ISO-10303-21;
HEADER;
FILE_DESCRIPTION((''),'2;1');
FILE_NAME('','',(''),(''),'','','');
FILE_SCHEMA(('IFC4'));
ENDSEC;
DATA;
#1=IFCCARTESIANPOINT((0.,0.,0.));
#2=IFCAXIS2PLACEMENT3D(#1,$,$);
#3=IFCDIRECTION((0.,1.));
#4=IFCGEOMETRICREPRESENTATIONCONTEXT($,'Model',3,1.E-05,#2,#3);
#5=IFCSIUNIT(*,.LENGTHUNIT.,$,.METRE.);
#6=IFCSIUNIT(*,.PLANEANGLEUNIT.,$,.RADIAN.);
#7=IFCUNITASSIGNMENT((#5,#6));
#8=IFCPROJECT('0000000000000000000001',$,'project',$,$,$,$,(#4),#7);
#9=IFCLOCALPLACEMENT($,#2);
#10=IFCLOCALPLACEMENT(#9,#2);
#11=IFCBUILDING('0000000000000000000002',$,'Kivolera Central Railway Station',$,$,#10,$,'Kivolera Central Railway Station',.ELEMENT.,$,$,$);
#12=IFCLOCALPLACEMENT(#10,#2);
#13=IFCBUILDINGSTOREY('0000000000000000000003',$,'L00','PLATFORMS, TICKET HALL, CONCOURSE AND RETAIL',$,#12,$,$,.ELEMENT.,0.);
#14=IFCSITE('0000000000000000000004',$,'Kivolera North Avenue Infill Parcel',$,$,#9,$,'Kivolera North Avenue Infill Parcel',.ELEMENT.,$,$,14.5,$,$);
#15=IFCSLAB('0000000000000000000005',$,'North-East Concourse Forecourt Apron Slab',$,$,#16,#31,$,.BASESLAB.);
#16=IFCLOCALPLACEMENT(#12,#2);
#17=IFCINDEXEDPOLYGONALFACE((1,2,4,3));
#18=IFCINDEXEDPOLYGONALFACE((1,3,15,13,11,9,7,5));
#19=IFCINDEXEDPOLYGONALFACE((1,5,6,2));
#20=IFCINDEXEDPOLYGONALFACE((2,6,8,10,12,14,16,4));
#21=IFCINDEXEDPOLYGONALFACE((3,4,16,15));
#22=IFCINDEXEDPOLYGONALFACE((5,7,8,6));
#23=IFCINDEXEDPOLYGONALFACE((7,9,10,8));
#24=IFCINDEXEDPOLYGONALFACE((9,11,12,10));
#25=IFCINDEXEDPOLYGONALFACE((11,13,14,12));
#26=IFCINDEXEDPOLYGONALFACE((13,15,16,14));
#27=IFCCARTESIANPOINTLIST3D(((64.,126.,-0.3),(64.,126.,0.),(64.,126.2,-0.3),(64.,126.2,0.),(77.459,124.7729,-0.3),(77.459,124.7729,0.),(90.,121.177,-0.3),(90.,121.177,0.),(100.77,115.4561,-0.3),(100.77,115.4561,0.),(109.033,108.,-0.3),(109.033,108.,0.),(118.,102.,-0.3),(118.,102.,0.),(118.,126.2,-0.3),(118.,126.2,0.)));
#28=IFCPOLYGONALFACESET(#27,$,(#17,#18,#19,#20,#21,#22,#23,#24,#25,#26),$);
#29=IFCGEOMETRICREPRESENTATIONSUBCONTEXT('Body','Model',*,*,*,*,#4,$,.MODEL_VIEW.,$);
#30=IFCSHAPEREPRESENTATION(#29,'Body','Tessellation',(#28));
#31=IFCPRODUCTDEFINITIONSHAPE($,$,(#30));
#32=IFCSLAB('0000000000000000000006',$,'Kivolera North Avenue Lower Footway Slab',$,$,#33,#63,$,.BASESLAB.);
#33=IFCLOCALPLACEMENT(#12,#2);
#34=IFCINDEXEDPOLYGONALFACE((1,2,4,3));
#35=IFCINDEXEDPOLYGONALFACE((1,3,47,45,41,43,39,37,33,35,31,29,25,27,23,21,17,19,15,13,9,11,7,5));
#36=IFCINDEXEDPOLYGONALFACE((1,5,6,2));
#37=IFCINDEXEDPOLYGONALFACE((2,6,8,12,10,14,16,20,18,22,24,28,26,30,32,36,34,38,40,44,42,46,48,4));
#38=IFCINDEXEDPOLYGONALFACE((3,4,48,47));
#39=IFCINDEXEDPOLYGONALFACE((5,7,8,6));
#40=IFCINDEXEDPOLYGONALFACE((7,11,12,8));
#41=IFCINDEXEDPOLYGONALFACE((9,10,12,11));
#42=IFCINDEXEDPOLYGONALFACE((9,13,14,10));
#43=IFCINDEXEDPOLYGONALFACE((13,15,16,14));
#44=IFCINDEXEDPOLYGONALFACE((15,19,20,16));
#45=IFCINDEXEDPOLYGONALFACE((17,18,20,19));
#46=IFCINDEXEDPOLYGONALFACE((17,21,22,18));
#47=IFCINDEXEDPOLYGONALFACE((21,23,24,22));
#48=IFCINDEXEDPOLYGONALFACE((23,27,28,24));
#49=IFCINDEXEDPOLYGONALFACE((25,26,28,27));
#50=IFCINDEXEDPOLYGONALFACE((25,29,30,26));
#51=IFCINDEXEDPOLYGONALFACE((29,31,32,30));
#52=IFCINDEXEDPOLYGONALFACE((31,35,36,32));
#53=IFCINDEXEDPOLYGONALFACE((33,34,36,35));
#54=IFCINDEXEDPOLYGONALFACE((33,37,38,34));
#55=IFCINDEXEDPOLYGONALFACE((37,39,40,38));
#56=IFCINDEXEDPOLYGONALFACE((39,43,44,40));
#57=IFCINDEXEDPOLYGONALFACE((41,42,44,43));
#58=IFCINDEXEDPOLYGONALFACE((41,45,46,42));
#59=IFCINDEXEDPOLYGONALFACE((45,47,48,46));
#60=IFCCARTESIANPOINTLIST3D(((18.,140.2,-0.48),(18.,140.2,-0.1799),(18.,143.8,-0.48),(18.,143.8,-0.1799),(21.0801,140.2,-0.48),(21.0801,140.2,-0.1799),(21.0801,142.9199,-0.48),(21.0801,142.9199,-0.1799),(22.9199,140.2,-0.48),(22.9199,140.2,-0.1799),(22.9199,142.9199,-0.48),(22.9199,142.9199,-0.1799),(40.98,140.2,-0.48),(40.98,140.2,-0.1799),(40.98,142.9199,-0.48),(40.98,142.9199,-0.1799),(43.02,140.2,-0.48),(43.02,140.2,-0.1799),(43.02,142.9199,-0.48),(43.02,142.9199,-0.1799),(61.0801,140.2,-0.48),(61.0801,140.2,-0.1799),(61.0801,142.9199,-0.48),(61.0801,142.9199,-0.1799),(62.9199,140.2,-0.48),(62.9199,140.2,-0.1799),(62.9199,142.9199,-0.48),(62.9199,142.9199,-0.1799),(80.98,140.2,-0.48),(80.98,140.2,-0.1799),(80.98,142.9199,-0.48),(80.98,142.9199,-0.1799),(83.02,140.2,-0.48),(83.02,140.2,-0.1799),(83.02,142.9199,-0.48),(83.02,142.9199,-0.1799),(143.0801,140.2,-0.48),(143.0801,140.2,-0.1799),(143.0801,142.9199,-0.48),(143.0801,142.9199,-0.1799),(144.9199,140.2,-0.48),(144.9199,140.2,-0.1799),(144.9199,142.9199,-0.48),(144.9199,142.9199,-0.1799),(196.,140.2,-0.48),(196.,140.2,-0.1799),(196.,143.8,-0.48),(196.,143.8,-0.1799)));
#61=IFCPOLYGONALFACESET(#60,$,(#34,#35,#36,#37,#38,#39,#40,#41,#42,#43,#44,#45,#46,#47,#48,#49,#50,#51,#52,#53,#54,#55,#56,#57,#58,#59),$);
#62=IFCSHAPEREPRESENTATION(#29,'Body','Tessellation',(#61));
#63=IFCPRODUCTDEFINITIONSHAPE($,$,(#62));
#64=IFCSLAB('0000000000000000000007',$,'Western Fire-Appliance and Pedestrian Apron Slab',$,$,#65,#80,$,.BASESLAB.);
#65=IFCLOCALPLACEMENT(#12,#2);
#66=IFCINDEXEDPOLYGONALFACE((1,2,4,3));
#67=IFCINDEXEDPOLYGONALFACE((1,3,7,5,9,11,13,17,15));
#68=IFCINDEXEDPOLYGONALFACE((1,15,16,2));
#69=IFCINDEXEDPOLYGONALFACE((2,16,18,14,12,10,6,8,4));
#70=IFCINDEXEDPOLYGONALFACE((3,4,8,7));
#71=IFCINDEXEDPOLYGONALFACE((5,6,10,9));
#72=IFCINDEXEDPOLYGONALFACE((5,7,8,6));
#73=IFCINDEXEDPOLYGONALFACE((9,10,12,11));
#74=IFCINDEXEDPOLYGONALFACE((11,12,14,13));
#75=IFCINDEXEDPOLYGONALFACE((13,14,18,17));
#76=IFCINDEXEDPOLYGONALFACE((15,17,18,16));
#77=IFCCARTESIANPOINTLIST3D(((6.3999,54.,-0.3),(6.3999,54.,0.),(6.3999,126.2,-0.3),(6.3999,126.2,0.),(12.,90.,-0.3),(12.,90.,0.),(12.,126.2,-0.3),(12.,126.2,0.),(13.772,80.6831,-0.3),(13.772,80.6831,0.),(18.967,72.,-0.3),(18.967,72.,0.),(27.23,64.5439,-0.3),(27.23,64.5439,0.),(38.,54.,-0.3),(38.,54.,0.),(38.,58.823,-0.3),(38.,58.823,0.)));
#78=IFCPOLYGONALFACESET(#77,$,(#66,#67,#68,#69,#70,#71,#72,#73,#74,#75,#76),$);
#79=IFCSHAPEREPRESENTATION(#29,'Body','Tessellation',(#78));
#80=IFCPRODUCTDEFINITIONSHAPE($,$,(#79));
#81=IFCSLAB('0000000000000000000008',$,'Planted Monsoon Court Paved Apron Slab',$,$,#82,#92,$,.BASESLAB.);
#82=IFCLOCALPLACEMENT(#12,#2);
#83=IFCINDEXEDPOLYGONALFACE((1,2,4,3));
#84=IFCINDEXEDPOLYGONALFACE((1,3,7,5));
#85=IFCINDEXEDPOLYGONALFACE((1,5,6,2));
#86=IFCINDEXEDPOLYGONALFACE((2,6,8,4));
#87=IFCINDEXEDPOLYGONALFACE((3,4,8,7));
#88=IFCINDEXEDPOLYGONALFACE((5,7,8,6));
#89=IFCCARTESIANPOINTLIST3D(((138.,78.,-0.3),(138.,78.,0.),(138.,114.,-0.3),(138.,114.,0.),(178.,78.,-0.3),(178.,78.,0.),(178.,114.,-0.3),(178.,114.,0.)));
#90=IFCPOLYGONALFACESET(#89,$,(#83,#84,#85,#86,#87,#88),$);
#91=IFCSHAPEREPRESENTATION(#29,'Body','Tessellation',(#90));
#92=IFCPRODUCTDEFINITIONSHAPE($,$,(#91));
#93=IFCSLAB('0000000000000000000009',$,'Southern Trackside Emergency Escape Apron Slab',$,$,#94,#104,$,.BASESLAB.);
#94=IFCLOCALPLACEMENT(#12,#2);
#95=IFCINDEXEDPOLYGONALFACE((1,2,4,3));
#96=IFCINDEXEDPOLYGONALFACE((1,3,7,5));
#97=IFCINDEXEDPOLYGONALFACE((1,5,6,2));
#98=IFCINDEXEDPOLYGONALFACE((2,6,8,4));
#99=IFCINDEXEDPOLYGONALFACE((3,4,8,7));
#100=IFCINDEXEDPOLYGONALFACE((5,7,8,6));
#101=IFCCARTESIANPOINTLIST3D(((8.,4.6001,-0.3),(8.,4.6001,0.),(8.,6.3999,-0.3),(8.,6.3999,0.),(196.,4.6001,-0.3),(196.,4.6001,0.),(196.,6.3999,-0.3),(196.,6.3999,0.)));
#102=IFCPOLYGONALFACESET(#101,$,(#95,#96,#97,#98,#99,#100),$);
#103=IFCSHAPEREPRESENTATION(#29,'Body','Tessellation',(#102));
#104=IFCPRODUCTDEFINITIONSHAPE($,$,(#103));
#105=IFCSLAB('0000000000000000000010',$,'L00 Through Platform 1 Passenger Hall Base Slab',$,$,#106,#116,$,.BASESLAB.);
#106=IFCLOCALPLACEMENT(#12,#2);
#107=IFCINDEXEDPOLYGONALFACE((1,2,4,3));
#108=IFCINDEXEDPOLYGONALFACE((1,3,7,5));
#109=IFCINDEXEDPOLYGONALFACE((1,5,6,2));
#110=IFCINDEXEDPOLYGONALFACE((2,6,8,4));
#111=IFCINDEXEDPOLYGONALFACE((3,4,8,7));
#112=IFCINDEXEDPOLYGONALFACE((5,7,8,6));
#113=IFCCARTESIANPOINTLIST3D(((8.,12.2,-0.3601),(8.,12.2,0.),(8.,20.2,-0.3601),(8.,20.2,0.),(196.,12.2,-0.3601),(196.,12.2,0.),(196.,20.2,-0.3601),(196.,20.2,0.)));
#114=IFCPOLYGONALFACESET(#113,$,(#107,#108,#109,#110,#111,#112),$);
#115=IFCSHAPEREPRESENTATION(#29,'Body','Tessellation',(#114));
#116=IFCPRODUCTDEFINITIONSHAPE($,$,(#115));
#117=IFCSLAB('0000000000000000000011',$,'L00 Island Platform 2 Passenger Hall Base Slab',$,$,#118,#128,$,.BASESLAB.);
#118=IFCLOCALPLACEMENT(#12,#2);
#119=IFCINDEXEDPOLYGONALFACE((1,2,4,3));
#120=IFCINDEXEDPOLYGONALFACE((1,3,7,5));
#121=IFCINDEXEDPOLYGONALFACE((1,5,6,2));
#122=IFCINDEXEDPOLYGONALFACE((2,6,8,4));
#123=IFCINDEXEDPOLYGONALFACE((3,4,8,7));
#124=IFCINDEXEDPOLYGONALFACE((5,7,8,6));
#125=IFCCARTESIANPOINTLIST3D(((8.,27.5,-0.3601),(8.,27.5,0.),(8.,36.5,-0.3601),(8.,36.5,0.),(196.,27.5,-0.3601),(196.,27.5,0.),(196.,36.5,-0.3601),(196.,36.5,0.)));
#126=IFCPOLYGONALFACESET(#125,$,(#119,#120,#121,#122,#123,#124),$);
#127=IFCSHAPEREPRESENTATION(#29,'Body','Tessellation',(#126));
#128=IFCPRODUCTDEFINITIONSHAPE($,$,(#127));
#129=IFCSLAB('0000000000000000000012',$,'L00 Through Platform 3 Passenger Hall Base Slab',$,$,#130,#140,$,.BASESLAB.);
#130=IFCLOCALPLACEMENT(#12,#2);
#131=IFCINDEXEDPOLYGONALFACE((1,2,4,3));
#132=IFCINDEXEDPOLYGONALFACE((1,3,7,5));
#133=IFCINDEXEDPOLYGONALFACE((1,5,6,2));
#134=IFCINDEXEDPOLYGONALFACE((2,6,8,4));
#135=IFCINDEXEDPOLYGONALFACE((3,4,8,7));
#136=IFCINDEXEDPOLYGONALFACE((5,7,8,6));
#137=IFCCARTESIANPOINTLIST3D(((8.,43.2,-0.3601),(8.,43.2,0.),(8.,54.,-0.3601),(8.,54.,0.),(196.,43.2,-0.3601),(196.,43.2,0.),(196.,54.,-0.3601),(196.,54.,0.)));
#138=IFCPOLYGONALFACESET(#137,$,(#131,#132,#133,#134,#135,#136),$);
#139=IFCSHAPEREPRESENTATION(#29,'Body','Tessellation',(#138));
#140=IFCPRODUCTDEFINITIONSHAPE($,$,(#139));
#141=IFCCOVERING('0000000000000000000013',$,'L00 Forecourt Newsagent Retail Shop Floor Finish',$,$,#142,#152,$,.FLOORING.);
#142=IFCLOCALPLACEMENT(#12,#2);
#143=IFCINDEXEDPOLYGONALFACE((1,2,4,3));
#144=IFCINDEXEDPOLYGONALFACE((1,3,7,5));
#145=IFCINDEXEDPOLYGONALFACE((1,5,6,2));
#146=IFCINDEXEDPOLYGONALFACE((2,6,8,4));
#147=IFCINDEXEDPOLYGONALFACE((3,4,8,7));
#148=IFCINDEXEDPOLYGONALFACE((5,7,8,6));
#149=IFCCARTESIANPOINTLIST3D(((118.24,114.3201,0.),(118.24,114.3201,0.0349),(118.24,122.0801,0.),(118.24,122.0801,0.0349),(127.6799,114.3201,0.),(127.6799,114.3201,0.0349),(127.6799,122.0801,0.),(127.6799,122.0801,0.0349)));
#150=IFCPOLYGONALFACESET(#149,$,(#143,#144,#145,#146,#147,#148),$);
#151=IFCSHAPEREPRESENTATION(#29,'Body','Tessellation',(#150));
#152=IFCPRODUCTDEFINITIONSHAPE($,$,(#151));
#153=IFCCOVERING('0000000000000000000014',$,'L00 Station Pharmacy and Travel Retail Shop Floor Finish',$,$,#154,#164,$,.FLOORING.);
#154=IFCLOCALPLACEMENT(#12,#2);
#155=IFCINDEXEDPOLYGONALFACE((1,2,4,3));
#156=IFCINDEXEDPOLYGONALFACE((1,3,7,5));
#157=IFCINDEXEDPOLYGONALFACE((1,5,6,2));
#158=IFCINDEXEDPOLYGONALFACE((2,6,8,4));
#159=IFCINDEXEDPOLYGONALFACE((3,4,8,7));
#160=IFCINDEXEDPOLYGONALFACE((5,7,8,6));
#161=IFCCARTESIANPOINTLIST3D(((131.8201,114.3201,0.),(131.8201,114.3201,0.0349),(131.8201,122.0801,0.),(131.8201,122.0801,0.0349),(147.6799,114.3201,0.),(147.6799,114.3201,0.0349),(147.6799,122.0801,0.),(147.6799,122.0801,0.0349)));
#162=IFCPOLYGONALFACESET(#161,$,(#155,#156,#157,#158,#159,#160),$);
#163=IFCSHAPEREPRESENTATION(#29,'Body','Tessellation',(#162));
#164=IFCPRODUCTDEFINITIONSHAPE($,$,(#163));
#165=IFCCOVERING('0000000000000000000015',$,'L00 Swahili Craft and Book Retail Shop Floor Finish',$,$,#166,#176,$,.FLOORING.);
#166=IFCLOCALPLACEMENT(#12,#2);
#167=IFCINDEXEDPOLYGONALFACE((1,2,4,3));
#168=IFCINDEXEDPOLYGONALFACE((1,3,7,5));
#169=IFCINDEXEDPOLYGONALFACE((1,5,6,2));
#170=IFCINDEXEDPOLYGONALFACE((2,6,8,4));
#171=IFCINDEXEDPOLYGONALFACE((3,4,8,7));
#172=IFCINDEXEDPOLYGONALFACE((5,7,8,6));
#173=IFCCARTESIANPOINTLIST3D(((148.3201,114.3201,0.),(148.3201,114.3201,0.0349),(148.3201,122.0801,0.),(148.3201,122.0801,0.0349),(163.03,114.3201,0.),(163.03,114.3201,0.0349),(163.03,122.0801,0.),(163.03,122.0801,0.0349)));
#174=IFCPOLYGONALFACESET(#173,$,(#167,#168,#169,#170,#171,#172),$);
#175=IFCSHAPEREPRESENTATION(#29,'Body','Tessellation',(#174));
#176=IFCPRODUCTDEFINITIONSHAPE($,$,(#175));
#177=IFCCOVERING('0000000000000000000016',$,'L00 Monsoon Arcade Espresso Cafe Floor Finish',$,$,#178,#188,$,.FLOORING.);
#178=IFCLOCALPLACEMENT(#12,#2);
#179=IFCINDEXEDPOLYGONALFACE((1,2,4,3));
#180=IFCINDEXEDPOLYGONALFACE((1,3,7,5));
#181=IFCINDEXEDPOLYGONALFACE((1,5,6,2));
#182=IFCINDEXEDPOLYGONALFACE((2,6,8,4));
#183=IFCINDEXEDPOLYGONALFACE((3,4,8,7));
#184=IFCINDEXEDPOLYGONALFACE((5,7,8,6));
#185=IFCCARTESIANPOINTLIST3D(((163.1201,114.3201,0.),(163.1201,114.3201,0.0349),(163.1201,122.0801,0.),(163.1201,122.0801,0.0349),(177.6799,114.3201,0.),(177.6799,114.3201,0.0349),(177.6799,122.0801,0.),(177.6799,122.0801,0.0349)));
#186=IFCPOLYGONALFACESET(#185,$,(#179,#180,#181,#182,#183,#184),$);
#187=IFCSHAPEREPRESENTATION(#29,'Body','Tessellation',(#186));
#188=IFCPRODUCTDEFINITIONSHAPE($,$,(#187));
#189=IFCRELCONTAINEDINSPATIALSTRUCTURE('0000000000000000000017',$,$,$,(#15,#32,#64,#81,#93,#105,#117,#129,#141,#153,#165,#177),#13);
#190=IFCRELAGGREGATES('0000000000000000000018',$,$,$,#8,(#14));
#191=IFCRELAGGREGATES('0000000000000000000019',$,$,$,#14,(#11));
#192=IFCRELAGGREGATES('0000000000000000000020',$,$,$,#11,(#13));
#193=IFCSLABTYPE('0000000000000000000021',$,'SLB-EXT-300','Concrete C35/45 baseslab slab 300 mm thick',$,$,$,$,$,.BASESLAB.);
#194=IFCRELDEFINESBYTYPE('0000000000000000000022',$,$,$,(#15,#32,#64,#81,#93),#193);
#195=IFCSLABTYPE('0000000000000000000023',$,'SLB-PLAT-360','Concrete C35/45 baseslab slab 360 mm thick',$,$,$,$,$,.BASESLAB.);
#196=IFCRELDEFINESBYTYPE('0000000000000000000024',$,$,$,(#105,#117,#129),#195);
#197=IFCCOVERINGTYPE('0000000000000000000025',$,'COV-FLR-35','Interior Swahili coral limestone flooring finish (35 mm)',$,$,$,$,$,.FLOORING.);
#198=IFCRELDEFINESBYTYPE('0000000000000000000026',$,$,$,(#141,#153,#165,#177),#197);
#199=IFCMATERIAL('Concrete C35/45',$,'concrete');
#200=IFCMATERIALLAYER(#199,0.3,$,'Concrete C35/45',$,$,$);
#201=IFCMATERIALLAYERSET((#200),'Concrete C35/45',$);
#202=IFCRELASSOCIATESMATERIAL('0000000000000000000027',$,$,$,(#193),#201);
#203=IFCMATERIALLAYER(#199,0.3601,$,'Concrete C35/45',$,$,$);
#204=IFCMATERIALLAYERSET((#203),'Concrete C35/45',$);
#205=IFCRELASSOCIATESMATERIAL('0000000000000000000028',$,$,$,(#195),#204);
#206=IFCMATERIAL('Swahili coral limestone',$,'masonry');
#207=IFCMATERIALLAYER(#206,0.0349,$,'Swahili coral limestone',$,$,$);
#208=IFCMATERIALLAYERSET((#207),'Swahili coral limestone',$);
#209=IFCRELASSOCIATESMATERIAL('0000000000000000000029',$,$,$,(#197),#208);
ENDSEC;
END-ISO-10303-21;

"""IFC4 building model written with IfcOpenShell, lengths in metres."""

from ifc_helpers import new_model, si_unit, direction, frame, origin, place, context, subcontext, project, spatial, polyline, outline, extrude, material, layer, layer_set, type_object, element, save


model = new_model("IFC4")

# Units and contexts
model_context = context("Model", 3, precision=1e-05, world=origin(), true_north=direction((0.0, 1.0)))
body_context = subcontext(model_context, "Body", "Model", "MODEL_VIEW")
ifc_project = project(units=[si_unit("LENGTHUNIT", "METRE"), si_unit("PLANEANGLEUNIT", "RADIAN")], contexts=[model_context])

# Site, building, storey
site_placement = place(None, origin())
site = spatial("IfcSite", under=ifc_project, at=site_placement, Name="Kivolera North Avenue Infill Parcel", LongName="Kivolera North Avenue Infill Parcel", CompositionType="ELEMENT", RefElevation=14.5)
building_placement = place(site_placement, origin())
building = spatial("IfcBuilding", under=site, at=building_placement, Name="Kivolera Central Railway Station", LongName="Kivolera Central Railway Station", CompositionType="ELEMENT")
storey_placement = place(building_placement, origin())
storey = spatial("IfcBuildingStorey", under=building, at=storey_placement, Name="L00", Description="PLATFORMS, TICKET HALL, CONCOURSE AND RETAIL", CompositionType="ELEMENT", Elevation=0.0)

# Slabs
ifc_material_1 = material(Name="Concrete C35/45", Category="concrete")
ifc_layer_1 = layer(ifc_material_1, 0.3, Name="Concrete C35/45")
ifc_layer_set_1 = layer_set([ifc_layer_1], Name="Concrete C35/45")
slab_type_1 = type_object("IfcSlabType", Name="SLB-EXT-300", Description="Concrete C35/45 baseslab slab 300 mm thick", PredefinedType="BASESLAB", material=ifc_layer_set_1)
slab_1_placement = place(storey_placement, frame((0.0, 0.0, -0.3)))
element("IfcSlab", 1, at=slab_1_placement, inside=storey, type_object=slab_type_1, Name="North-East Concourse Forecourt Apron Slab", PredefinedType="BASESLAB", context=body_context, shape_type="SweptSolid", body=[
    extrude(outline(polyline([(64.0, 126.2), (118.0, 126.2), (118.0, 102.0), (109.033, 108.0), (100.77, 115.4561), (90.0, 121.177), (77.459, 124.7729), (64.0, 126.0), (64.0, 126.2)])), origin(), (0.0, 0.0, 1.0), 0.3),
])
slab_2_placement = place(storey_placement, frame((0.0, 0.0, -0.48)))
element("IfcSlab", 2, at=slab_2_placement, inside=storey, type_object=slab_type_1, Name="Kivolera North Avenue Lower Footway Slab", PredefinedType="BASESLAB", context=body_context, shape_type="SweptSolid", body=[
    extrude(outline(polyline([(18.0, 140.2), (21.0801, 140.2), (21.0801, 142.9199), (22.9199, 142.9199), (22.9199, 140.2), (40.98, 140.2), (40.98, 142.9199), (43.02, 142.9199), (43.02, 140.2), (61.0801, 140.2), (61.0801, 142.9199), (62.9199, 142.9199), (62.9199, 140.2), (80.98, 140.2), (80.98, 142.9199), (83.02, 142.9199), (83.02, 140.2), (143.0801, 140.2), (143.0801, 142.9199), (144.9199, 142.9199), (144.9199, 140.2), (196.0, 140.2), (196.0, 143.8), (18.0, 143.8), (18.0, 140.2)])), origin(), (0.0, 0.0, 1.0), 0.3),
])
slab_3_placement = place(storey_placement, frame((0.0, 0.0, -0.3)))
element("IfcSlab", 3, at=slab_3_placement, inside=storey, type_object=slab_type_1, Name="Western Fire-Appliance and Pedestrian Apron Slab", PredefinedType="BASESLAB", context=body_context, shape_type="SweptSolid", body=[
    extrude(outline(polyline([(6.3999, 54.0), (38.0, 54.0), (38.0, 58.823), (27.23, 64.5439), (18.967, 72.0), (13.772, 80.6831), (12.0, 90.0), (12.0, 126.2), (6.3999, 126.2), (6.3999, 54.0)])), origin(), (0.0, 0.0, 1.0), 0.3),
])
slab_4_placement = place(storey_placement, frame((0.0, 0.0, -0.3)))
element("IfcSlab", 4, at=slab_4_placement, inside=storey, type_object=slab_type_1, Name="Planted Monsoon Court Paved Apron Slab", PredefinedType="BASESLAB", context=body_context, shape_type="SweptSolid", body=[
    extrude(outline(polyline([(138.0, 78.0), (178.0, 78.0), (178.0, 114.0), (138.0, 114.0), (138.0, 78.0)])), origin(), (0.0, 0.0, 1.0), 0.3),
])
slab_5_placement = place(storey_placement, frame((0.0, 0.0, -0.3)))
element("IfcSlab", 5, at=slab_5_placement, inside=storey, type_object=slab_type_1, Name="Southern Trackside Emergency Escape Apron Slab", PredefinedType="BASESLAB", context=body_context, shape_type="SweptSolid", body=[
    extrude(outline(polyline([(8.0, 4.6001), (196.0, 4.6001), (196.0, 6.3999), (8.0, 6.3999), (8.0, 4.6001)])), origin(), (0.0, 0.0, 1.0), 0.3),
])
ifc_layer_2 = layer(ifc_material_1, 0.3601, Name="Concrete C35/45")
ifc_layer_set_2 = layer_set([ifc_layer_2], Name="Concrete C35/45")
slab_type_2 = type_object("IfcSlabType", Name="SLB-PLAT-360", Description="Concrete C35/45 baseslab slab 360 mm thick", PredefinedType="BASESLAB", material=ifc_layer_set_2)
slab_6_placement = place(storey_placement, frame((0.0, 0.0, -0.3601)))
element("IfcSlab", 6, at=slab_6_placement, inside=storey, type_object=slab_type_2, Name="L00 Through Platform 1 Passenger Hall Base Slab", PredefinedType="BASESLAB", context=body_context, shape_type="SweptSolid", body=[
    extrude(outline(polyline([(8.0, 12.2), (196.0, 12.2), (196.0, 20.2), (8.0, 20.2), (8.0, 12.2)])), origin(), (0.0, 0.0, 1.0), 0.3601),
])
slab_7_placement = place(storey_placement, frame((0.0, 0.0, -0.3601)))
element("IfcSlab", 7, at=slab_7_placement, inside=storey, type_object=slab_type_2, Name="L00 Island Platform 2 Passenger Hall Base Slab", PredefinedType="BASESLAB", context=body_context, shape_type="SweptSolid", body=[
    extrude(outline(polyline([(8.0, 27.5), (196.0, 27.5), (196.0, 36.5), (8.0, 36.5), (8.0, 27.5)])), origin(), (0.0, 0.0, 1.0), 0.3601),
])
slab_8_placement = place(storey_placement, frame((0.0, 0.0, -0.3601)))
element("IfcSlab", 8, at=slab_8_placement, inside=storey, type_object=slab_type_2, Name="L00 Through Platform 3 Passenger Hall Base Slab", PredefinedType="BASESLAB", context=body_context, shape_type="SweptSolid", body=[
    extrude(outline(polyline([(8.0, 43.2), (196.0, 43.2), (196.0, 54.0), (8.0, 54.0), (8.0, 43.2)])), origin(), (0.0, 0.0, 1.0), 0.3601),
])

# Coverings
ifc_material_2 = material(Name="Swahili coral limestone", Category="masonry")
ifc_layer_3 = layer(ifc_material_2, 0.0349, Name="Swahili coral limestone")
ifc_layer_set_3 = layer_set([ifc_layer_3], Name="Swahili coral limestone")
covering_type = type_object("IfcCoveringType", Name="COV-FLR-35", Description="Interior Swahili coral limestone flooring finish (35 mm)", PredefinedType="FLOORING", material=ifc_layer_set_3)
covering_1_placement = place(storey_placement, origin())
element("IfcCovering", 9, at=covering_1_placement, inside=storey, type_object=covering_type, Name="L00 Forecourt Newsagent Retail Shop Floor Finish", PredefinedType="FLOORING", context=body_context, shape_type="SweptSolid", body=[
    extrude(outline(polyline([(118.24, 114.3201), (127.6799, 114.3201), (127.6799, 122.0801), (118.24, 122.0801), (118.24, 114.3201)])), origin(), (0.0, 0.0, 1.0), 0.0349),
])
covering_2_placement = place(storey_placement, origin())
element("IfcCovering", 10, at=covering_2_placement, inside=storey, type_object=covering_type, Name="L00 Station Pharmacy and Travel Retail Shop Floor Finish", PredefinedType="FLOORING", context=body_context, shape_type="SweptSolid", body=[
    extrude(outline(polyline([(131.8201, 114.3201), (147.6799, 114.3201), (147.6799, 122.0801), (131.8201, 122.0801), (131.8201, 114.3201)])), origin(), (0.0, 0.0, 1.0), 0.0349),
])
covering_3_placement = place(storey_placement, origin())
element("IfcCovering", 11, at=covering_3_placement, inside=storey, type_object=covering_type, Name="L00 Swahili Craft and Book Retail Shop Floor Finish", PredefinedType="FLOORING", context=body_context, shape_type="SweptSolid", body=[
    extrude(outline(polyline([(148.3201, 114.3201), (163.03, 114.3201), (163.03, 122.0801), (148.3201, 122.0801), (148.3201, 114.3201)])), origin(), (0.0, 0.0, 1.0), 0.0349),
])
covering_4_placement = place(storey_placement, origin())
element("IfcCovering", 12, at=covering_4_placement, inside=storey, type_object=covering_type, Name="L00 Monsoon Arcade Espresso Cafe Floor Finish", PredefinedType="FLOORING", context=body_context, shape_type="SweptSolid", body=[
    extrude(outline(polyline([(163.1201, 114.3201), (177.6799, 114.3201), (177.6799, 122.0801), (163.1201, 122.0801), (163.1201, 114.3201)])), origin(), (0.0, 0.0, 1.0), 0.0349),
])

save(model, "model.ifc")
